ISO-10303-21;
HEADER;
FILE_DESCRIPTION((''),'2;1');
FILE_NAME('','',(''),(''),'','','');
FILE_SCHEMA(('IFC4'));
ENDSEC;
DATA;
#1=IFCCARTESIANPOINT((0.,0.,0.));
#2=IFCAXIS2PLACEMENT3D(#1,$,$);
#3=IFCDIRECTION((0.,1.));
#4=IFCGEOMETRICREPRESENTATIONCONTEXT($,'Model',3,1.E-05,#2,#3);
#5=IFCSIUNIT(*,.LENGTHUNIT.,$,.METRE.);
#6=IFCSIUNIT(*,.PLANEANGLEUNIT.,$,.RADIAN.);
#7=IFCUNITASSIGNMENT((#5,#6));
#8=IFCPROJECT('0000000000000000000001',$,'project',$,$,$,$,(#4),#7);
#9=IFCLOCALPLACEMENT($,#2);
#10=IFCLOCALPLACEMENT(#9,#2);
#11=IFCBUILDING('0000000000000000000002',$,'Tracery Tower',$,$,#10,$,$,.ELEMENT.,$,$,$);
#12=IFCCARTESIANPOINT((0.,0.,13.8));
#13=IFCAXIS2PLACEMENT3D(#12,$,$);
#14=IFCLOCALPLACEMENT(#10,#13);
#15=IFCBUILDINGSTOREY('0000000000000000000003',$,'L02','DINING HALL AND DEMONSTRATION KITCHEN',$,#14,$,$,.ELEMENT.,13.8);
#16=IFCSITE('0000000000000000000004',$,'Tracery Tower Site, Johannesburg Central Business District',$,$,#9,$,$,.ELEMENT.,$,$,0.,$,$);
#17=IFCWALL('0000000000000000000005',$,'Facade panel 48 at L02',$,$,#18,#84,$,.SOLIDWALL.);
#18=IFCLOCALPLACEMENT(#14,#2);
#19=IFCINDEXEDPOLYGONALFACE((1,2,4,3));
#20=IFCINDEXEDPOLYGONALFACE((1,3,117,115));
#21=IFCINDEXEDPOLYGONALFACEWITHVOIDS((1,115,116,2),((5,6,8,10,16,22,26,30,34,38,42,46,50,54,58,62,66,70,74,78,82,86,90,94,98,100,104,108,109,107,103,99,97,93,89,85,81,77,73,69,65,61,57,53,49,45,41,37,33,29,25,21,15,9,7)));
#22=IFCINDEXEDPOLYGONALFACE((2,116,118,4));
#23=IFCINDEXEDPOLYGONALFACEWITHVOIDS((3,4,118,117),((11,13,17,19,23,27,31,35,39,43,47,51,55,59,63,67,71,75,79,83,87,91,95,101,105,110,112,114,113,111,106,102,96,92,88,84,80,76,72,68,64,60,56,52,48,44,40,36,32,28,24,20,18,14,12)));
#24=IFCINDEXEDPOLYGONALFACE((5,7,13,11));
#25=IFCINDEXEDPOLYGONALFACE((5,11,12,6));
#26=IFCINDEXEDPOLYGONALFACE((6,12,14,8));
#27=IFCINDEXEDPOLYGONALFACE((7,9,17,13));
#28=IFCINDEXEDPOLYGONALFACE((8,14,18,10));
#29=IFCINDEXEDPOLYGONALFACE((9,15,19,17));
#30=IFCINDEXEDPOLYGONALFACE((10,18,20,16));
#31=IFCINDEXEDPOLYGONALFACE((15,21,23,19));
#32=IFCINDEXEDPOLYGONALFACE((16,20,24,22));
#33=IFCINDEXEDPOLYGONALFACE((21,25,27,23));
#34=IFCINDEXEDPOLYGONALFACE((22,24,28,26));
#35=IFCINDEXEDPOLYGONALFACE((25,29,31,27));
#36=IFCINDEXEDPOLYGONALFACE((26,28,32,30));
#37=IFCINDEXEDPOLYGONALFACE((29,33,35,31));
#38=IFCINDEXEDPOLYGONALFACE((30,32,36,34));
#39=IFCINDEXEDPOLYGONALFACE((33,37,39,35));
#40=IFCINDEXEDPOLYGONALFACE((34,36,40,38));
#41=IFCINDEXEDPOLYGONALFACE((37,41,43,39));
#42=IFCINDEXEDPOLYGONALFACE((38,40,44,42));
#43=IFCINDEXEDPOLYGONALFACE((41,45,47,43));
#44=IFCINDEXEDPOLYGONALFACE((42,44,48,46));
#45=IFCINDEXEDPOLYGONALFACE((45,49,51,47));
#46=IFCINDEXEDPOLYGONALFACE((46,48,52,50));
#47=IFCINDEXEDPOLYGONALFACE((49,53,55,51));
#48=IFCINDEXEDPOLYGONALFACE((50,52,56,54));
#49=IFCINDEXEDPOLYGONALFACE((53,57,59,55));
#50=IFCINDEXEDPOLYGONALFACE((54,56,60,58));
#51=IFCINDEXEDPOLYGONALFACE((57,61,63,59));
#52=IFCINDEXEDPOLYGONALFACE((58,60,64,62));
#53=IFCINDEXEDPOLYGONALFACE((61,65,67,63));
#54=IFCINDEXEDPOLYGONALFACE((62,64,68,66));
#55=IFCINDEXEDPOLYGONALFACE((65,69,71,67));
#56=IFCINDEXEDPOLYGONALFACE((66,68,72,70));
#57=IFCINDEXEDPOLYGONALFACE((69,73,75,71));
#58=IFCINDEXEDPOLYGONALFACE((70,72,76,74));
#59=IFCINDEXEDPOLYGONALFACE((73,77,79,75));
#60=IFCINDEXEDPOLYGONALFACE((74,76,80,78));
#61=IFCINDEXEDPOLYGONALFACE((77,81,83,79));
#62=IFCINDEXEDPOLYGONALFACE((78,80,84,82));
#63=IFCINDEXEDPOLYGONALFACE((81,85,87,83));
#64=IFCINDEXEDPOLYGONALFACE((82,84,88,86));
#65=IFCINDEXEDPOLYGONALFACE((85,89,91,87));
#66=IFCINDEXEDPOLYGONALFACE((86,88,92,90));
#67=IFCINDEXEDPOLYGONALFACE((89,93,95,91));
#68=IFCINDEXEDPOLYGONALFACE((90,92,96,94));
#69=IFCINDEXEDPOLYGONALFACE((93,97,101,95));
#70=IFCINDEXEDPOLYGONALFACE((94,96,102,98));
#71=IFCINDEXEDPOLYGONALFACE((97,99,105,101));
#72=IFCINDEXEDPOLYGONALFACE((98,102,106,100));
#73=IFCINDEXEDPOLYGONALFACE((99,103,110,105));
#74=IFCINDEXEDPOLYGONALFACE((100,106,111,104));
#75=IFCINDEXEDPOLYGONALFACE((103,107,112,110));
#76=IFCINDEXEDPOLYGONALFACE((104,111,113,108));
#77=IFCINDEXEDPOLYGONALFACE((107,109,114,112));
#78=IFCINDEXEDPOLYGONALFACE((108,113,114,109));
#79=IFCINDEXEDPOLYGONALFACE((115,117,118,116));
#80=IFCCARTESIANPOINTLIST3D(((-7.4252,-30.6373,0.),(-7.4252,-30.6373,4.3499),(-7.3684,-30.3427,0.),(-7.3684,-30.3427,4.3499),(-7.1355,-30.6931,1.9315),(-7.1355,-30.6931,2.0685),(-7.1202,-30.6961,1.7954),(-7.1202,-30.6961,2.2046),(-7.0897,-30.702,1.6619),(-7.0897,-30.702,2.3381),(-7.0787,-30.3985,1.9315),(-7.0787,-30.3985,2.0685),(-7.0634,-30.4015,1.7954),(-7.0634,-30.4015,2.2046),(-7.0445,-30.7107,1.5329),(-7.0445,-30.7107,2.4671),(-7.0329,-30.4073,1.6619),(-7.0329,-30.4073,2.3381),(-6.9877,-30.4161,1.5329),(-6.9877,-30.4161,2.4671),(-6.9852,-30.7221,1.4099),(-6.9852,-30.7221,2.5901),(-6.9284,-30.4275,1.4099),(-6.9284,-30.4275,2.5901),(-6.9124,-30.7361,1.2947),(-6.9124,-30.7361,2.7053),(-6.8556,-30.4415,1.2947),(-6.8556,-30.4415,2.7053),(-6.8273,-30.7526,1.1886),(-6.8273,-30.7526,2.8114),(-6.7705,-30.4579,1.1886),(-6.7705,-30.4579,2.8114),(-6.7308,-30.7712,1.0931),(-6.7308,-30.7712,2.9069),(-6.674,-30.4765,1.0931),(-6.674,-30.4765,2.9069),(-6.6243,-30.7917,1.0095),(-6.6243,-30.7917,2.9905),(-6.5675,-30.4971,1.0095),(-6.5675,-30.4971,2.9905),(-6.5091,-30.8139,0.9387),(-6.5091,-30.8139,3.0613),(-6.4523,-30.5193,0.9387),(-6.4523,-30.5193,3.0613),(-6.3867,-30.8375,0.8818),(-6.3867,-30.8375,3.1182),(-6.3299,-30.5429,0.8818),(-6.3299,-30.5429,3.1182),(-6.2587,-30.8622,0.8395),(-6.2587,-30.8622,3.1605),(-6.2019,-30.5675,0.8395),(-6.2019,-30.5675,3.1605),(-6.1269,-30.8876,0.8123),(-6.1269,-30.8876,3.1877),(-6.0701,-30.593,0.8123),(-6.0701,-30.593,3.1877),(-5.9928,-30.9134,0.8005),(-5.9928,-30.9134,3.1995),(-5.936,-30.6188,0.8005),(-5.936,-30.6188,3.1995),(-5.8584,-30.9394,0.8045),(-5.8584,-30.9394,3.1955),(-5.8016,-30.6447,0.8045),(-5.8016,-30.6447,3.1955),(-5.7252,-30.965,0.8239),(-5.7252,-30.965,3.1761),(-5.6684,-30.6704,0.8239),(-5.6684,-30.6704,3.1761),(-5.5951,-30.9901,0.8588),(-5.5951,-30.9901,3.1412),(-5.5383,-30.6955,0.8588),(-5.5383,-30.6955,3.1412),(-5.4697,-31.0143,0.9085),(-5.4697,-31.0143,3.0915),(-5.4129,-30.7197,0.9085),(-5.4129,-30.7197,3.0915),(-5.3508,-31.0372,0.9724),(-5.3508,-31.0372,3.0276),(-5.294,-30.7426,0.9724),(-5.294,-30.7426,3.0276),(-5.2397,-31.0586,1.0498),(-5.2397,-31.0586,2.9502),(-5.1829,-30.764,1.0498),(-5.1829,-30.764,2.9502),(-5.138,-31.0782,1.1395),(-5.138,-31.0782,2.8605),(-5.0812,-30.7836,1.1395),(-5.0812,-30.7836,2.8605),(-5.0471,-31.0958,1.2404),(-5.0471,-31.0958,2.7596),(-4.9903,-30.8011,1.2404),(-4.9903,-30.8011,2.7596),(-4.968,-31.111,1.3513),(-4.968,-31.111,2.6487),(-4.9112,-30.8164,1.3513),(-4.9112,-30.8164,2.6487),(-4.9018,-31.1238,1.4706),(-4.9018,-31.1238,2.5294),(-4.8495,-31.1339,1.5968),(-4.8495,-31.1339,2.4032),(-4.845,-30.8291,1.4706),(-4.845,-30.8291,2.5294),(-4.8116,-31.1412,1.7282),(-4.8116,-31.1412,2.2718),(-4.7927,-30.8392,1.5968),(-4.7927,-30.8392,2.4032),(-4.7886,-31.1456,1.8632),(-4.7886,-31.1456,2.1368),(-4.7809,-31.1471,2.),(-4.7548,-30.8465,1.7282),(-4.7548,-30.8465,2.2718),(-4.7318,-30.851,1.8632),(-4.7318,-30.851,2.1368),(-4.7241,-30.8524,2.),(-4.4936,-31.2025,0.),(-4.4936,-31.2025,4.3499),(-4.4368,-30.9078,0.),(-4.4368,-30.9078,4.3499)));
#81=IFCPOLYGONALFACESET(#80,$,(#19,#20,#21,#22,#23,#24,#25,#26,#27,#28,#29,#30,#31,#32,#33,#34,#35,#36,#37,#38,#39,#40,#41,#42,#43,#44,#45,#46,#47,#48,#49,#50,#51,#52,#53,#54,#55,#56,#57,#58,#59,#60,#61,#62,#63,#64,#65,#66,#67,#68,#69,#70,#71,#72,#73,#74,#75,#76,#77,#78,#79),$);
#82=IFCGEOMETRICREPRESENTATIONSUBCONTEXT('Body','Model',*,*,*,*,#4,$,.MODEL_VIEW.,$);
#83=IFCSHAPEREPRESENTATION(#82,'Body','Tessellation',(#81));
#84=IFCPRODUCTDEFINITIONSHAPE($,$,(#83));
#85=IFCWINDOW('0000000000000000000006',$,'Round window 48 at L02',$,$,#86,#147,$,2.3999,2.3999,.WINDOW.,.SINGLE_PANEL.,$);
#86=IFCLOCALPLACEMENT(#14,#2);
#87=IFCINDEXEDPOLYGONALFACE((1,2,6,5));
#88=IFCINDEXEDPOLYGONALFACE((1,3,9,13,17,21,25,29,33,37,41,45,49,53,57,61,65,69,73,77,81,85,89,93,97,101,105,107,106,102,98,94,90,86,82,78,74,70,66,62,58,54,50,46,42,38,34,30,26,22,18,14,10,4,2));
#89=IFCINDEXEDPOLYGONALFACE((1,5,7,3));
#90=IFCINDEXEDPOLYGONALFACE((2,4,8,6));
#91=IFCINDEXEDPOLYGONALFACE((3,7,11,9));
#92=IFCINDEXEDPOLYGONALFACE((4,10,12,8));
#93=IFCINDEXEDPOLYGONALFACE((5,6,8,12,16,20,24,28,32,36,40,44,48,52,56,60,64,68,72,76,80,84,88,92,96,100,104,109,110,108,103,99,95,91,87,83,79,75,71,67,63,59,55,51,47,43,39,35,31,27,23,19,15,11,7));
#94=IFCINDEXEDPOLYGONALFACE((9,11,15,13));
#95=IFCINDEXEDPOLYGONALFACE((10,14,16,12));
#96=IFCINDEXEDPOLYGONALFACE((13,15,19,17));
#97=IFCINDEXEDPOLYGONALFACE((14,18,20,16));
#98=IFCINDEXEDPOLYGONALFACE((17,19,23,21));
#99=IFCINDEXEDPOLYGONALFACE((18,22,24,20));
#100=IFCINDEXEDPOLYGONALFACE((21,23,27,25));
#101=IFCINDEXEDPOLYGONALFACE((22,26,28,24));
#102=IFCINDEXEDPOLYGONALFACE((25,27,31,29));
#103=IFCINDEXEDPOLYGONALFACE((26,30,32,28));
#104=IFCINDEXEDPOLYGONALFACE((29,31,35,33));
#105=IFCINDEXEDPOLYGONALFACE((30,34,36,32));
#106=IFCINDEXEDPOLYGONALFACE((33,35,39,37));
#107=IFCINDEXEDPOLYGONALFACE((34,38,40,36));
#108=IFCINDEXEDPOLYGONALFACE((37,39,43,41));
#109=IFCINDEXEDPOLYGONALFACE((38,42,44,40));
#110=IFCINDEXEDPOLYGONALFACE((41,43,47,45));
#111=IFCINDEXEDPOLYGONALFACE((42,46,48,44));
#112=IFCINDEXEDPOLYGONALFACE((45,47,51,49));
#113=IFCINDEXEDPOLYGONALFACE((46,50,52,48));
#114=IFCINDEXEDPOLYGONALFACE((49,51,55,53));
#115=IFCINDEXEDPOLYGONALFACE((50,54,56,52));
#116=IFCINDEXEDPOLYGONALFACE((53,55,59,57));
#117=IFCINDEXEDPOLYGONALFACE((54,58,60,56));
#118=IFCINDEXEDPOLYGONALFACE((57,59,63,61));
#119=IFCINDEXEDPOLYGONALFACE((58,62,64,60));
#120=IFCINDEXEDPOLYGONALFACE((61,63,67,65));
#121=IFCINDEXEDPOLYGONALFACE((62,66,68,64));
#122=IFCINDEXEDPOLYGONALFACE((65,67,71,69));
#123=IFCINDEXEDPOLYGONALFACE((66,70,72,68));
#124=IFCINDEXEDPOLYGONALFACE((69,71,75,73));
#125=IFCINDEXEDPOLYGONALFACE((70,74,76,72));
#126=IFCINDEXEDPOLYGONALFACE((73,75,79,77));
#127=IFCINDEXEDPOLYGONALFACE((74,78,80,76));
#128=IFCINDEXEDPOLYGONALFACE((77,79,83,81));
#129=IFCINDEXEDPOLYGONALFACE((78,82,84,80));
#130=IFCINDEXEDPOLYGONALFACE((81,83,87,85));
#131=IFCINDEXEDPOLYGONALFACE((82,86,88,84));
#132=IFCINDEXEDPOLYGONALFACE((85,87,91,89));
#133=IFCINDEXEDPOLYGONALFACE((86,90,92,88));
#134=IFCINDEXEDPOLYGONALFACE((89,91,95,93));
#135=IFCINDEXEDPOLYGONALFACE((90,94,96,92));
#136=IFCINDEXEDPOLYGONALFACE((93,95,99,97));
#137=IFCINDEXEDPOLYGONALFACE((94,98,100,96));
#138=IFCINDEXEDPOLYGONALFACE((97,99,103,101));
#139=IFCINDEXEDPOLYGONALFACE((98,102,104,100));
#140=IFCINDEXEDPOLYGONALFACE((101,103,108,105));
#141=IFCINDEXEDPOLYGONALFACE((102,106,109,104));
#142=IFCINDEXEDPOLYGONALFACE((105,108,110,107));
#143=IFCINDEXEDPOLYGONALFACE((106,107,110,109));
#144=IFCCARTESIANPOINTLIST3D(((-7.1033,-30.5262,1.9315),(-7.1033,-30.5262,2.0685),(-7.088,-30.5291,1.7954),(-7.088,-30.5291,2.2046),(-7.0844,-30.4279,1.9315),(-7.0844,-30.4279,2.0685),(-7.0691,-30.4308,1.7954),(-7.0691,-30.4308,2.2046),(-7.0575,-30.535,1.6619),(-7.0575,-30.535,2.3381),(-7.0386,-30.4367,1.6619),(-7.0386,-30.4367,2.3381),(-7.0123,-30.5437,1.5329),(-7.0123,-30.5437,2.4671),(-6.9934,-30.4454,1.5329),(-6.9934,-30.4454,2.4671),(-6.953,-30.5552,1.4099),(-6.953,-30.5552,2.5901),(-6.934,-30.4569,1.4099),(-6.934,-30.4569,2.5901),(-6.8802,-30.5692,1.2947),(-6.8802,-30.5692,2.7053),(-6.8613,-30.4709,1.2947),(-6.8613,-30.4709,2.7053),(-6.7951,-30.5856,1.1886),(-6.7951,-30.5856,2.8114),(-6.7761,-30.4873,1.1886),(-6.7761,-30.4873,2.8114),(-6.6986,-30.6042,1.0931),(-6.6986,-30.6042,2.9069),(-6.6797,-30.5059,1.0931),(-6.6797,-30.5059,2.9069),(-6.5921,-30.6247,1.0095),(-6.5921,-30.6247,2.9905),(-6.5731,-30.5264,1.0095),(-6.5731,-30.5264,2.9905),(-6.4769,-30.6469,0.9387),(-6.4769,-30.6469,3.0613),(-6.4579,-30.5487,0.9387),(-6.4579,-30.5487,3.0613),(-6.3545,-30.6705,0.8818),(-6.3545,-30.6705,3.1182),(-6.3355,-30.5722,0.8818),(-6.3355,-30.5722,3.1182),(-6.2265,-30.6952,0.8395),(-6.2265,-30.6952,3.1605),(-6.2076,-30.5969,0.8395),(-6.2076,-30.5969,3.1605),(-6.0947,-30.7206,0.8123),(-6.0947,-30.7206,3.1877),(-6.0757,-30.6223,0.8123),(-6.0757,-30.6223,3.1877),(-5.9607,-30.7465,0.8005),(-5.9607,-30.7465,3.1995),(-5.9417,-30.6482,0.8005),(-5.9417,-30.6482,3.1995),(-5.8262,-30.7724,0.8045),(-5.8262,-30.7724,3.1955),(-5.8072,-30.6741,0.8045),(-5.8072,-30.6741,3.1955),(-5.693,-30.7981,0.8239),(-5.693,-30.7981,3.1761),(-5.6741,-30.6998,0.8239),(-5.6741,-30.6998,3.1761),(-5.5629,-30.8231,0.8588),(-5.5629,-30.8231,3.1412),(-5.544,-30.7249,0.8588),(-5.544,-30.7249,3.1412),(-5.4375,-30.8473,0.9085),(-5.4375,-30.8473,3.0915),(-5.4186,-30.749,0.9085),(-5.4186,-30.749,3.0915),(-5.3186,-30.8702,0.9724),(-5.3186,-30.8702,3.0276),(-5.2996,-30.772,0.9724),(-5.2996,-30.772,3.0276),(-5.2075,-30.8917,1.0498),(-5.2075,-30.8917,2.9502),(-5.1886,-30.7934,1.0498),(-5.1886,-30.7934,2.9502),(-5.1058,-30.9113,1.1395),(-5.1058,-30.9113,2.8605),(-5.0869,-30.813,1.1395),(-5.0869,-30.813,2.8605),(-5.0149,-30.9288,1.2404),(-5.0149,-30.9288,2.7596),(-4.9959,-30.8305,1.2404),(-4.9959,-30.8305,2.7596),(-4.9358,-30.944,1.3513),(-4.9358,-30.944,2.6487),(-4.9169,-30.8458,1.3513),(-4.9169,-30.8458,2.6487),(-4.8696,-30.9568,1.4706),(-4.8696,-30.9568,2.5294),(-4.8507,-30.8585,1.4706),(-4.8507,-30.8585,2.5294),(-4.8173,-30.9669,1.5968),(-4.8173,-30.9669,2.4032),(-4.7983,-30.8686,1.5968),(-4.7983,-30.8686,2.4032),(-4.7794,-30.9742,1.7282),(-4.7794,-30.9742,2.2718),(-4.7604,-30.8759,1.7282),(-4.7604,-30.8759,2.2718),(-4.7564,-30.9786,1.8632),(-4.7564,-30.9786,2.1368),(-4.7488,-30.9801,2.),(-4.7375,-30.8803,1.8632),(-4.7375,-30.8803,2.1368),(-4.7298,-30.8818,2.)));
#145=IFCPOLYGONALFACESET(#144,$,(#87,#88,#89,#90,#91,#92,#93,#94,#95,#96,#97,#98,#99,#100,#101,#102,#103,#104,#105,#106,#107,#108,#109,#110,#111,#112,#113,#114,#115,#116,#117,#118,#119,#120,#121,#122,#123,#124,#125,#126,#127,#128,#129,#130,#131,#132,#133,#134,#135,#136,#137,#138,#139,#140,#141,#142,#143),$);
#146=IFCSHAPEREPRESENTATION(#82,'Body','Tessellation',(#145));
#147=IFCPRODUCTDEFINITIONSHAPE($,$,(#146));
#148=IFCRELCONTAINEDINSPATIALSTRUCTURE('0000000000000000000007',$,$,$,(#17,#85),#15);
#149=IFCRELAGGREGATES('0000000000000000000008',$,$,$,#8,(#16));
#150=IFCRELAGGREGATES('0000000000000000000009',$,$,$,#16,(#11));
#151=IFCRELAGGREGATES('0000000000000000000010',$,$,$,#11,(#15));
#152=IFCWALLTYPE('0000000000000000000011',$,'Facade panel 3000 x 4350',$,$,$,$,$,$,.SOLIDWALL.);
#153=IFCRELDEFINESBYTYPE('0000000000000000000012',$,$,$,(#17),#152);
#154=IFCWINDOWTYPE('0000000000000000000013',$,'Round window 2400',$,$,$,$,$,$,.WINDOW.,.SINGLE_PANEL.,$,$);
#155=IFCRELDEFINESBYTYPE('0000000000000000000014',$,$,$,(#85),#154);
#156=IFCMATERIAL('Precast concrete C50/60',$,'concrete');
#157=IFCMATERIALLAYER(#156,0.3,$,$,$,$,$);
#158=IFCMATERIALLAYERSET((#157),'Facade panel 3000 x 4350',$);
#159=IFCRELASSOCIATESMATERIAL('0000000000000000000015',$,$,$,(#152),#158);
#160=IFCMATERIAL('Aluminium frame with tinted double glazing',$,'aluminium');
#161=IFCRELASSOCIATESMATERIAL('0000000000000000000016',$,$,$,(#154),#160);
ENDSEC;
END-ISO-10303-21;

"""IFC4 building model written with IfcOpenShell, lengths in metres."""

from ifc_helpers import new_model, si_unit, direction, frame, frame_2d, origin, origin_2d, place, context, subcontext, project, spatial, rectangle, circle, extrude, material, layer, layer_set, type_object, element, fill, save


model = new_model("IFC4")

# Units and contexts
model_context = context("Model", 3, precision=1e-05, world=origin(), true_north=direction((0.0, 1.0)))
body_context = subcontext(model_context, "Body", "Model", "MODEL_VIEW")
ifc_project = project(units=[si_unit("LENGTHUNIT", "METRE"), si_unit("PLANEANGLEUNIT", "RADIAN")], contexts=[model_context])

# Site, building, storey
site_placement = place(None, origin())
site = spatial("IfcSite", under=ifc_project, at=site_placement, Name="Tracery Tower Site, Johannesburg Central Business District", CompositionType="ELEMENT", RefElevation=0.0)
building_placement = place(site_placement, origin())
building = spatial("IfcBuilding", under=site, at=building_placement, Name="Tracery Tower", CompositionType="ELEMENT")
storey_placement = place(building_placement, frame((0.0, 0.0, 13.8)))
storey = spatial("IfcBuildingStorey", under=building, at=storey_placement, Name="L02", Description="DINING HALL AND DEMONSTRATION KITCHEN", CompositionType="ELEMENT", Elevation=13.8)

# Wall, opening, window
ifc_material_1 = material(Name="Precast concrete C50/60", Category="concrete")
ifc_layer_1 = layer(ifc_material_1, 0.3)
ifc_layer_set_1 = layer_set([ifc_layer_1], Name="Facade panel 3000 x 4350")
wall_type_1 = type_object("IfcWallType", Name="Facade panel 3000 x 4350", PredefinedType="SOLIDWALL", material=ifc_layer_set_1)
ifc_material_2 = material(Name="Aluminium frame with tinted double glazing", Category="aluminium")
window_type = type_object("IfcWindowType", Name="Round window 2400", PartitioningType="SINGLE_PANEL", PredefinedType="WINDOW", material=ifc_material_2)
wall_1_placement = place(storey_placement, frame((-7.3967, -30.49, 0.0), z_axis=(0.0, 0.0, 1.0), x_axis=(0.981919, -0.189302, 0.0)))
wall_1 = element("IfcWall", 1, at=wall_1_placement, inside=storey, type_object=wall_type_1, Name="Facade panel 48 at L02", PredefinedType="SOLIDWALL", context=body_context, shape_type="SweptSolid", body=[
    extrude(rectangle(XDim=2.9856, YDim=0.3, at=frame_2d((1.4927, 0.0))), origin(), (0.0, 0.0, 1.0), 4.3499),
])
opening_1_placement = place(wall_1_placement, frame((1.4929, 0.0, 2.0)))
opening_1 = element("IfcOpeningElement", 2, at=opening_1_placement, cuts=wall_1, PredefinedType="OPENING", context=body_context, shape_type="SweptSolid", body=[
    extrude(circle(Radius=1.2, at=origin_2d()), frame((0.0, 0.1599, 0.0), z_axis=(0.0, -1.0, 0.0), x_axis=(1.0, 0.0, 0.0)), (0.0, 0.0, 1.0), 0.3201),
])
window_1_placement = place(opening_1_placement, origin())
window_1 = element("IfcWindow", 3, at=window_1_placement, inside=storey, type_object=window_type, Name="Round window 48 at L02", OverallHeight=2.3999, OverallWidth=2.3999, PartitioningType="SINGLE_PANEL", PredefinedType="WINDOW", context=body_context, shape_type="SweptSolid", body=[
    extrude(circle(Radius=1.2, at=origin_2d()), frame((0.0, 0.1201, 0.0), z_axis=(0.0, -1.0, 0.0), x_axis=(1.0, 0.0, 0.0)), (0.0, 0.0, 1.0), 0.1001),
])
fill(opening_1, window_1)

save(model, "model.ifc")
